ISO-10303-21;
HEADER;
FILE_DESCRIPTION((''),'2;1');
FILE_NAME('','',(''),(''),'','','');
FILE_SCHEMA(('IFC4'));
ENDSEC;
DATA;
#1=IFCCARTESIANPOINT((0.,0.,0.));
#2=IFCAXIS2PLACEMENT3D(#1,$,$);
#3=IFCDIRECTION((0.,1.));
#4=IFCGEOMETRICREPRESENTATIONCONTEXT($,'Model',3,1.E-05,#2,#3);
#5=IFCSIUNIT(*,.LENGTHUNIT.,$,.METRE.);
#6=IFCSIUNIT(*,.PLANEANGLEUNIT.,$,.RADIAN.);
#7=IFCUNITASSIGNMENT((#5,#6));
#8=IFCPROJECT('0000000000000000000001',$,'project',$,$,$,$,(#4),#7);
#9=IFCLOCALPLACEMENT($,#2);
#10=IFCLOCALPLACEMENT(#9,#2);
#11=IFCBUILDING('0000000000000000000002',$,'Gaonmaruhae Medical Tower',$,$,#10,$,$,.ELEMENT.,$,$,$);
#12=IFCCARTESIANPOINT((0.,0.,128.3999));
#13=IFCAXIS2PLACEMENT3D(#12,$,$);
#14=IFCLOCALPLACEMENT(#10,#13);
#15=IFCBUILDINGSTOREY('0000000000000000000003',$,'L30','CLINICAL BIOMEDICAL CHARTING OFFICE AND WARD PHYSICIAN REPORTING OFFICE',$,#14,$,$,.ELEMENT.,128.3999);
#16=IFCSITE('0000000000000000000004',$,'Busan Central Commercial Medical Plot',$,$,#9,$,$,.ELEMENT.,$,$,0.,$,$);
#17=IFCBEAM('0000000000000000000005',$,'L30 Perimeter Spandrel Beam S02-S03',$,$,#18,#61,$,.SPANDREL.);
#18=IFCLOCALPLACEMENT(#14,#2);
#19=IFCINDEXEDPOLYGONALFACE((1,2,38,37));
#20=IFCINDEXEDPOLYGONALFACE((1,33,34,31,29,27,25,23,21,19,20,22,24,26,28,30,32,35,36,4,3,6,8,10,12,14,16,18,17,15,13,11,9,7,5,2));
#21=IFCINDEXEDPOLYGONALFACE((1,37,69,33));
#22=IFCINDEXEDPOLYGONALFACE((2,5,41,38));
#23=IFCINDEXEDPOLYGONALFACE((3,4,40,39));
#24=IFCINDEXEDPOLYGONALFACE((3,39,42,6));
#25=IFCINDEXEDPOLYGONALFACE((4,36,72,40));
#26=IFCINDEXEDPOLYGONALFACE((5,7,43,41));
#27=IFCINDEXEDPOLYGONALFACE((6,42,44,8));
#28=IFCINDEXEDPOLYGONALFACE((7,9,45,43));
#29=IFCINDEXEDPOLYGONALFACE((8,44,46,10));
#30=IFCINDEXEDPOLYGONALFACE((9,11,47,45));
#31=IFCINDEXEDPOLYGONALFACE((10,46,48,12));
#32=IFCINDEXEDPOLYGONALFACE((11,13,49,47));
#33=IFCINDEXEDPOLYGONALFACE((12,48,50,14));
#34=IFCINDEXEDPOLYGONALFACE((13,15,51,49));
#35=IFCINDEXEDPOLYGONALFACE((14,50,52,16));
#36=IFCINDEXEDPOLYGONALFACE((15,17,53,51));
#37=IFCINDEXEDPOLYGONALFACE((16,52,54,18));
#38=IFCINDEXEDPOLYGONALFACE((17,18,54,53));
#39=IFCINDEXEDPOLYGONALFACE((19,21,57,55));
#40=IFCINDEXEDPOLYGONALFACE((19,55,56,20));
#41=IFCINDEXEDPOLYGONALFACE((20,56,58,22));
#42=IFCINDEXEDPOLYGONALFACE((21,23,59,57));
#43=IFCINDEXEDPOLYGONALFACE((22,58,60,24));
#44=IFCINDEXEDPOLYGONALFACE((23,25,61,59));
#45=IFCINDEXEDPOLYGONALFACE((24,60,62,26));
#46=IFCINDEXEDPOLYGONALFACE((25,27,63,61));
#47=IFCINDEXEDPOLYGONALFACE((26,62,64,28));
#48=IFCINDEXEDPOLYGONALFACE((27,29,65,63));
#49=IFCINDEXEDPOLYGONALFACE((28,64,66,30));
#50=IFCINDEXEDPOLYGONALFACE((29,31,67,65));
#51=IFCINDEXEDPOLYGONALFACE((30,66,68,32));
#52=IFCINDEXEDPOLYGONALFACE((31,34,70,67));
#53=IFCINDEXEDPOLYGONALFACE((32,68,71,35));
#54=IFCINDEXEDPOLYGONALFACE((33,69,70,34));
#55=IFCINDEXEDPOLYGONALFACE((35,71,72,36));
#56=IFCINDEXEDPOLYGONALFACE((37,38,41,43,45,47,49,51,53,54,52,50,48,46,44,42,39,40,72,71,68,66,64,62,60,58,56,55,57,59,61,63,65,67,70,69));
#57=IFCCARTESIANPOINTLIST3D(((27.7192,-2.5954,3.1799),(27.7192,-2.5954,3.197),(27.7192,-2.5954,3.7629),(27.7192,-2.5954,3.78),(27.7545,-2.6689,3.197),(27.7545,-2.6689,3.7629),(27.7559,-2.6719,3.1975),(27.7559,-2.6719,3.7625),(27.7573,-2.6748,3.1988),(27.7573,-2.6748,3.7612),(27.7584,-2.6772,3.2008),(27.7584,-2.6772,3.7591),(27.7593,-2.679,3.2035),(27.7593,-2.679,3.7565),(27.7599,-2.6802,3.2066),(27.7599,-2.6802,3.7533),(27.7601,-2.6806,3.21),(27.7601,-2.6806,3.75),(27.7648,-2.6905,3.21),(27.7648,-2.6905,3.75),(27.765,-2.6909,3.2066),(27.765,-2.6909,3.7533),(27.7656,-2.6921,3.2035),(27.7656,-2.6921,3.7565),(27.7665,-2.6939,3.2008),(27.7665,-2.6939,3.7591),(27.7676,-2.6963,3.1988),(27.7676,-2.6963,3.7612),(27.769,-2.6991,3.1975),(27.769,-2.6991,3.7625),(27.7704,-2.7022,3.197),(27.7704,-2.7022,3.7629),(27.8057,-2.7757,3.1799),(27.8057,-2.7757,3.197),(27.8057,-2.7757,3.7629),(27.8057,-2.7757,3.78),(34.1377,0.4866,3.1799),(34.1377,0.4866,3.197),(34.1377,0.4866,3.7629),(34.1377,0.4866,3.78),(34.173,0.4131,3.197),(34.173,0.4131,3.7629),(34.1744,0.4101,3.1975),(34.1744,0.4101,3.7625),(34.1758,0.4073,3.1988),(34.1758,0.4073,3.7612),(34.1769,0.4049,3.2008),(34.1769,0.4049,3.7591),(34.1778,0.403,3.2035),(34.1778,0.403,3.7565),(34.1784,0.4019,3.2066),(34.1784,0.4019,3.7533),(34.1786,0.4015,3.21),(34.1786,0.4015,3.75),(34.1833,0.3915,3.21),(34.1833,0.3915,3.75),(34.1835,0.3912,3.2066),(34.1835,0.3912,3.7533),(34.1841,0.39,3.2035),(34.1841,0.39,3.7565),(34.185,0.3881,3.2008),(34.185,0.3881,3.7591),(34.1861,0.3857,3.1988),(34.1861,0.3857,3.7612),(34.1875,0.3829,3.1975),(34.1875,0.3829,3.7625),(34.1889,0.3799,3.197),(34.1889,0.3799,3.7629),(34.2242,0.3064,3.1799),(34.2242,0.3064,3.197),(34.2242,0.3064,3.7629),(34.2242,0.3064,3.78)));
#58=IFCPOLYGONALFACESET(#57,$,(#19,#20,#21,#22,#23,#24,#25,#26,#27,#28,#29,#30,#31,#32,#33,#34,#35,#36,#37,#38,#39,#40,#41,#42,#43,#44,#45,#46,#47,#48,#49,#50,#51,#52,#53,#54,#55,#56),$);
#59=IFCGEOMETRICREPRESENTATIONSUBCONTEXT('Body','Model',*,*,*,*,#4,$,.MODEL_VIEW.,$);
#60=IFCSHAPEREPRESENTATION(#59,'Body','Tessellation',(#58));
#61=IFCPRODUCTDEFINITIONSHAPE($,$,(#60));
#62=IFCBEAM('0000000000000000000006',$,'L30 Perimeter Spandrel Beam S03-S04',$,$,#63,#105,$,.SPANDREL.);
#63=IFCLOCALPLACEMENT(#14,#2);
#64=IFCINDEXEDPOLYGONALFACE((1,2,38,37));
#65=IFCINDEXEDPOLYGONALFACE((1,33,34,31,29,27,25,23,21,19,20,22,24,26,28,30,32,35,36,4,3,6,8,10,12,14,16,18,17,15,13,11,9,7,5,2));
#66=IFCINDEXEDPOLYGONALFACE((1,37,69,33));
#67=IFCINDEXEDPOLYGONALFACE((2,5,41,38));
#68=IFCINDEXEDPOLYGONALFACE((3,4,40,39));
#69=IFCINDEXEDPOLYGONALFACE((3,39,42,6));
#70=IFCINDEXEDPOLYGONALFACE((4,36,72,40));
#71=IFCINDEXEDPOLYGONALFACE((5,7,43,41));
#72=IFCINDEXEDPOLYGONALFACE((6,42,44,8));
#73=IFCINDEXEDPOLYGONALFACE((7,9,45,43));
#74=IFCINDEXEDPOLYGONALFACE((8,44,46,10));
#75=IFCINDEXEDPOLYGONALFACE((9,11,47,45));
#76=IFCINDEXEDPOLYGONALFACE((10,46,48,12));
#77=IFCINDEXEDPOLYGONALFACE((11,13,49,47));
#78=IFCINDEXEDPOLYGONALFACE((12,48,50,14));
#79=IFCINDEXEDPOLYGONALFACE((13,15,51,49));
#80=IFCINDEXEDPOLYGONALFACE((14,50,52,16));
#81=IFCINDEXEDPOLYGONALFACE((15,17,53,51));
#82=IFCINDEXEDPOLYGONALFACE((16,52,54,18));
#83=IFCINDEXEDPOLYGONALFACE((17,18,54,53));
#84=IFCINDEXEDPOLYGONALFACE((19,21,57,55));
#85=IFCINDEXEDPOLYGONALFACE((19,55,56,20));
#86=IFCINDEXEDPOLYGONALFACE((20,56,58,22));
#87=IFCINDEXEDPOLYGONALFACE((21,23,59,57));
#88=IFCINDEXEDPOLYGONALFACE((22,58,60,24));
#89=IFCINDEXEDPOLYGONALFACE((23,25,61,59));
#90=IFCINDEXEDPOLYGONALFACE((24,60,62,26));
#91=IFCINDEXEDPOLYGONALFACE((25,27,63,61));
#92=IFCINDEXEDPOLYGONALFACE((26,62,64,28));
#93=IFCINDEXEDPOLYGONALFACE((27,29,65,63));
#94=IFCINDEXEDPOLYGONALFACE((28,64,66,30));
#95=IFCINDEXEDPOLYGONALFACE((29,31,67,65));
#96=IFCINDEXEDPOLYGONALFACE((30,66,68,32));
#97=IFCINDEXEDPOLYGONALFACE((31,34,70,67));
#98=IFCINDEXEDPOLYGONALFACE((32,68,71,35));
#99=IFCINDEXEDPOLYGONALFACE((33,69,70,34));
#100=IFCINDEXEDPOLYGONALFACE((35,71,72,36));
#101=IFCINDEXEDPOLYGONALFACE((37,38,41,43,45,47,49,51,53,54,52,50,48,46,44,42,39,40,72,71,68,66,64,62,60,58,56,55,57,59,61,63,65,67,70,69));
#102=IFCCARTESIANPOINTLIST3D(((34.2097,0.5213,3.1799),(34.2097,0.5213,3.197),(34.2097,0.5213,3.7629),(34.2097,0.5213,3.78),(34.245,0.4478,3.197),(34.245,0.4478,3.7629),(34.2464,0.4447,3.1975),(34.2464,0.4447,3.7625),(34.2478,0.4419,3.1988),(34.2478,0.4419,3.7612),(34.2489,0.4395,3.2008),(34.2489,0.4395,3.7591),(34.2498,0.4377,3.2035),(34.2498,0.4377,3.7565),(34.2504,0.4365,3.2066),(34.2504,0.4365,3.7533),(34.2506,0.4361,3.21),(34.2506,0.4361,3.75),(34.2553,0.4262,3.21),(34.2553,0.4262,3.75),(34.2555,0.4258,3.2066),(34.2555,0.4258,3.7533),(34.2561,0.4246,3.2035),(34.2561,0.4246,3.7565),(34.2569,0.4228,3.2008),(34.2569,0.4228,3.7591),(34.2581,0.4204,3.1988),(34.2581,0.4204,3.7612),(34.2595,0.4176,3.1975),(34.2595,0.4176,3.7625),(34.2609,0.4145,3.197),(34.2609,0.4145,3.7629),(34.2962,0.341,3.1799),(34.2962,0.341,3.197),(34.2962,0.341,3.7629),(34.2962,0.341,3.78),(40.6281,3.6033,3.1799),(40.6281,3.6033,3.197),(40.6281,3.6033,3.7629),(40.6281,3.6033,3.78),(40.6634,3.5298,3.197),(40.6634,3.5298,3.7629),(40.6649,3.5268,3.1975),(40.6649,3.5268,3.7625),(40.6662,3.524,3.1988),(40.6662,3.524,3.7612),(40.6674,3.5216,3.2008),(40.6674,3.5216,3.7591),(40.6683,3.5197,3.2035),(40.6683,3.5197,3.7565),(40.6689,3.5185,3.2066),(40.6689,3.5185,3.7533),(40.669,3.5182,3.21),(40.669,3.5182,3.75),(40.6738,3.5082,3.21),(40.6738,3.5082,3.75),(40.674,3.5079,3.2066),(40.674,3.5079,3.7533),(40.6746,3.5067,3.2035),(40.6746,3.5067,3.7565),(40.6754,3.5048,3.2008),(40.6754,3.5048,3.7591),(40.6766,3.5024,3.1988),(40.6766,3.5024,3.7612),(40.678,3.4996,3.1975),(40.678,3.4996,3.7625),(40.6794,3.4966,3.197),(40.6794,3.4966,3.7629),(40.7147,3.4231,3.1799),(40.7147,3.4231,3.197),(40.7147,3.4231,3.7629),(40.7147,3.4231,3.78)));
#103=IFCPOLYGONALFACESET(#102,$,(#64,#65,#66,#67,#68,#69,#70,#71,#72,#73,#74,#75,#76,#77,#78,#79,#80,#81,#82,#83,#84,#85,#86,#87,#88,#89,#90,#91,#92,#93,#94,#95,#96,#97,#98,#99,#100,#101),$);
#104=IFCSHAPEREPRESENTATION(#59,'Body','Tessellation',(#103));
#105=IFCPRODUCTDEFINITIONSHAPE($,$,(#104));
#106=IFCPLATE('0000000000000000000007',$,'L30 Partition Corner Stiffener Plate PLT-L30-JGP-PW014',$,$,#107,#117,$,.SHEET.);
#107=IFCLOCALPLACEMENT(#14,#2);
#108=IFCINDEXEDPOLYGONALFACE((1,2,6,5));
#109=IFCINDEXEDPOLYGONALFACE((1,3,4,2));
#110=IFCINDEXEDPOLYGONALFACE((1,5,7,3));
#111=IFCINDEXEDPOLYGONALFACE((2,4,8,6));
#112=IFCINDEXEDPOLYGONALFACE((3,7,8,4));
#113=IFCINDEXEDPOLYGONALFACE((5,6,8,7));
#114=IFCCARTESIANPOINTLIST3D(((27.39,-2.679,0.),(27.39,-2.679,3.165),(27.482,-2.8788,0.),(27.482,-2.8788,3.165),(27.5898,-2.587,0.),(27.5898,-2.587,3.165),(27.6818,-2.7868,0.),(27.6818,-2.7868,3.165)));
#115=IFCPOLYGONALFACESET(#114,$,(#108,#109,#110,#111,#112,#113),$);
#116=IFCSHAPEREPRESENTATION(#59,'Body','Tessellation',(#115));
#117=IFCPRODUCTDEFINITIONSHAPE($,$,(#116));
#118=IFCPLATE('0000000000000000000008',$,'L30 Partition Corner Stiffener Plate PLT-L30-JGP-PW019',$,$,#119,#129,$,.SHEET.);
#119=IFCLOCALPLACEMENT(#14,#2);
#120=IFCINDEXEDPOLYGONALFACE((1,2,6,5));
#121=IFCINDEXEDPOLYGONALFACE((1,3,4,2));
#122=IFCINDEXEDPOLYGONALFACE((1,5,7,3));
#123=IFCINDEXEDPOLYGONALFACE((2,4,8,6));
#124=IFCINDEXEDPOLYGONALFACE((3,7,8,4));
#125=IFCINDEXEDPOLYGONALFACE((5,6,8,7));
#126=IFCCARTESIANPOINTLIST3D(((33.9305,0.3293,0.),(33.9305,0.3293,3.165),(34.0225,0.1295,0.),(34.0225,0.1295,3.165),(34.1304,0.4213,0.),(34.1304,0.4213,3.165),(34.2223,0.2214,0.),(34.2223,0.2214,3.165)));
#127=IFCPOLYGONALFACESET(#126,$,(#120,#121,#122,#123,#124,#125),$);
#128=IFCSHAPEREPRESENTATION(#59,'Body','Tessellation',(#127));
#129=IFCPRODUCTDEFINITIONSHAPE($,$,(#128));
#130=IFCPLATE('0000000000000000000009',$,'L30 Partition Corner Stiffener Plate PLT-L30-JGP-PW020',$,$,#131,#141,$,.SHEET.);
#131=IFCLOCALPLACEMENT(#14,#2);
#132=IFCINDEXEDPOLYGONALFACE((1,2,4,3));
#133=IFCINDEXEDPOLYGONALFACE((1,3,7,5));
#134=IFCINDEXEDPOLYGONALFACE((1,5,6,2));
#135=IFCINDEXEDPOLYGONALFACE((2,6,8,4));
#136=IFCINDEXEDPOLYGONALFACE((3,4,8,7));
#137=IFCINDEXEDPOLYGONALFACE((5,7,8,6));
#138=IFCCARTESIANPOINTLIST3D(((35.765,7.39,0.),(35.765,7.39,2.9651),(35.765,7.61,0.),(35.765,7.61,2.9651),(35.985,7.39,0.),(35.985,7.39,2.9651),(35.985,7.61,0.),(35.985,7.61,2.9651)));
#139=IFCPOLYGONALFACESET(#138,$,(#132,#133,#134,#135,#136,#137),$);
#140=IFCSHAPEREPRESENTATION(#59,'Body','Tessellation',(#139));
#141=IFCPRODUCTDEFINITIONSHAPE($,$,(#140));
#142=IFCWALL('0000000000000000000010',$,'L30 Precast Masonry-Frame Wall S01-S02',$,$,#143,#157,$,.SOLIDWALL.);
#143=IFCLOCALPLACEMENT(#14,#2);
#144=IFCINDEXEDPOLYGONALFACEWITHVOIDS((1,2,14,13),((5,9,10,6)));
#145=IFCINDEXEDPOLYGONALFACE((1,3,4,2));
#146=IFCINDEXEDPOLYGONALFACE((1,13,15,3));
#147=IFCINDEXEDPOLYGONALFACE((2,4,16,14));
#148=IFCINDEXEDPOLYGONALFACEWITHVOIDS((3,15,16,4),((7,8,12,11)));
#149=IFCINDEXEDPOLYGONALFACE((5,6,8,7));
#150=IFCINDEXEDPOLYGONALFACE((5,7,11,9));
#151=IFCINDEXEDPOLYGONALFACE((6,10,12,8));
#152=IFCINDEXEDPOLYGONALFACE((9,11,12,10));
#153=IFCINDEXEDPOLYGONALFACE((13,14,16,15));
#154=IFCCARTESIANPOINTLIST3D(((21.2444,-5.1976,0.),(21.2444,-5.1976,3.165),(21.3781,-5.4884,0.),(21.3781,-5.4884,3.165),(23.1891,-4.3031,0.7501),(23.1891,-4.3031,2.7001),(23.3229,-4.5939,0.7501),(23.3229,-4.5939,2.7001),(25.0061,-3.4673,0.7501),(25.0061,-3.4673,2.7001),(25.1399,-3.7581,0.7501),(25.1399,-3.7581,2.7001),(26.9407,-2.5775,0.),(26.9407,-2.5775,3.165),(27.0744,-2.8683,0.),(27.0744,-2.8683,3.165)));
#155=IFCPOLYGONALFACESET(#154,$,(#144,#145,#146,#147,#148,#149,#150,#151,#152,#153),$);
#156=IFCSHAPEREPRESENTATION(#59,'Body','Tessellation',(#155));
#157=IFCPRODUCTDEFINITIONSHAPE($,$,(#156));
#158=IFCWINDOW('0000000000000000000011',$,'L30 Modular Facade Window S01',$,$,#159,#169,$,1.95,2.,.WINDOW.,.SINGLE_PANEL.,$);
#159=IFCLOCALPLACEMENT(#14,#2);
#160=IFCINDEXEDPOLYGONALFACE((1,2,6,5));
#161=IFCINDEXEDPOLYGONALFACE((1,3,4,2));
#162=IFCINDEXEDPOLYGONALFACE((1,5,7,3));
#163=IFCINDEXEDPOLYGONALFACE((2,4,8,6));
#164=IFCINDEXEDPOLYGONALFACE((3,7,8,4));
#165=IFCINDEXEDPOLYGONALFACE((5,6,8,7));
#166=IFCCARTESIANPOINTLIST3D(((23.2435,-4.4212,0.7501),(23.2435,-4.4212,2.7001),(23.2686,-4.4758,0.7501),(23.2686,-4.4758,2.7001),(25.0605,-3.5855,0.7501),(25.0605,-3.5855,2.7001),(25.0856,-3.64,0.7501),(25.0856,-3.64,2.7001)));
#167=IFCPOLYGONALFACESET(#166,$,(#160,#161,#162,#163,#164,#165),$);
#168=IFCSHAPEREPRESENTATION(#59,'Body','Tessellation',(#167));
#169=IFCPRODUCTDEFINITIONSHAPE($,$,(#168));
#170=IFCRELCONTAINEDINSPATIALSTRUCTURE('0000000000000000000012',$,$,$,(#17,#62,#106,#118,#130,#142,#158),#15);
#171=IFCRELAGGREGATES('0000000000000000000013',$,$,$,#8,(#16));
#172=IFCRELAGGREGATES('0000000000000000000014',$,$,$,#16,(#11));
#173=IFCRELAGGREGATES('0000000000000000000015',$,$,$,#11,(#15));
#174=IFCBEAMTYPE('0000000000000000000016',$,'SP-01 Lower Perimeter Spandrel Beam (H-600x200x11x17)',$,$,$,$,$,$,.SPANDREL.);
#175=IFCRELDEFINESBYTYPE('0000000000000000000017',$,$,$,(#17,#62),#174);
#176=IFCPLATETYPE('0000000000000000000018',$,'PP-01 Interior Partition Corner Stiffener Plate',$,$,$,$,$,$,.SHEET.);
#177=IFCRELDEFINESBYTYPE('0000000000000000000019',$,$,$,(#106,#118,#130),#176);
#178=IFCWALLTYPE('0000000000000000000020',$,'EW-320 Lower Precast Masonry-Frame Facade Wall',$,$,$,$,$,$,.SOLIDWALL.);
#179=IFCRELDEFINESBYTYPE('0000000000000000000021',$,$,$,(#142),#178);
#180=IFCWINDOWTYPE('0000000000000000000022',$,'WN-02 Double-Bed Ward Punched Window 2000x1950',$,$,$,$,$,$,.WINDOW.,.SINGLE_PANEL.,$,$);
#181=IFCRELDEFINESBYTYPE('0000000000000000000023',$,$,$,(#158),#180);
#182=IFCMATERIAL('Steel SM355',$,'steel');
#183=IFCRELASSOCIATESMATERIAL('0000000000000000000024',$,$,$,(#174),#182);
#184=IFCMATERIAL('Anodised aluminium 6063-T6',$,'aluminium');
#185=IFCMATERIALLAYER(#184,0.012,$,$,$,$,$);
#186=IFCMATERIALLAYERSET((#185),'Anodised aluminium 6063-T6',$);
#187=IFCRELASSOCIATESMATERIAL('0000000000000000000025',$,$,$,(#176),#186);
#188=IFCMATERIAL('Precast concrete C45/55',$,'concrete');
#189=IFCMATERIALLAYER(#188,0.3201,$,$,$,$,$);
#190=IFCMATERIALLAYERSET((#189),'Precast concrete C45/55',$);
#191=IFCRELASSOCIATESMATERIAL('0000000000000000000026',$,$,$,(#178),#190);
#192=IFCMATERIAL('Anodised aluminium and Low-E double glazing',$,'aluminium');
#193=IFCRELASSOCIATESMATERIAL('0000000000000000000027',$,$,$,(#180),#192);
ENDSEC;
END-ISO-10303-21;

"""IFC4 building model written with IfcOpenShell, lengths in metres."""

from ifc_helpers import new_model, si_unit, direction, frame, frame_2d, origin, origin_2d, place, context, subcontext, project, spatial, rectangle, i_section, extrude, material, layer, layer_set, material_profile, profile_set, type_object, element, fill, save


model = new_model("IFC4")

# Units and contexts
model_context = context("Model", 3, precision=1e-05, world=origin(), true_north=direction((0.0, 1.0)))
body_context = subcontext(model_context, "Body", "Model", "MODEL_VIEW")
ifc_project = project(units=[si_unit("LENGTHUNIT", "METRE"), si_unit("PLANEANGLEUNIT", "RADIAN")], contexts=[model_context])

# Site, building, storey
site_placement = place(None, origin())
site = spatial("IfcSite", under=ifc_project, at=site_placement, Name="Busan Central Commercial Medical Plot", CompositionType="ELEMENT", RefElevation=0.0)
building_placement = place(site_placement, origin())
building = spatial("IfcBuilding", under=site, at=building_placement, Name="Gaonmaruhae Medical Tower", CompositionType="ELEMENT")
storey_placement = place(building_placement, frame((0.0, 0.0, 128.3999)))
storey = spatial("IfcBuildingStorey", under=building, at=storey_placement, Name="L30", Description="CLINICAL BIOMEDICAL CHARTING OFFICE AND WARD PHYSICIAN REPORTING OFFICE", CompositionType="ELEMENT", Elevation=128.3999)

# Beams
ifc_material_1 = material(Name="Steel SM355", Category="steel")
ifc_material_profile_1 = material_profile(ifc_material_1, i_section(OverallWidth=0.2, OverallDepth=0.6001, WebThickness=0.011, FlangeThickness=0.0171, FilletRadius=0.0129, at=origin_2d()), Name="H-600x200x11x17")
ifc_profile_set_1 = profile_set([ifc_material_profile_1], Name="Steel SM355")
beam_type_1 = type_object("IfcBeamType", Name="SP-01 Lower Perimeter Spandrel Beam (H-600x200x11x17)", PredefinedType="SPANDREL", material=ifc_profile_set_1)
for number, where, z_axis, x_axis, name in (
    (1, (27.7625, -2.6855, 3.48), (0.901459, 0.432865, 0.0), (-0.432865, 0.901459, 0.0), "L30 Perimeter Spandrel Beam S02-S03"),
    (2, (34.2529, 0.4312, 3.48), (0.901459, 0.432865, 0.0), (-0.432865, 0.901459, 0.0), "L30 Perimeter Spandrel Beam S03-S04"),
):
    element("IfcBeam", number, at=place(storey_placement, frame(where, z_axis=z_axis, x_axis=x_axis)), inside=storey, type_object=beam_type_1, Name=name, PredefinedType="SPANDREL", context=body_context, shape_type="SweptSolid", body=[
        extrude(i_section(OverallWidth=0.2, OverallDepth=0.6001, WebThickness=0.011, FlangeThickness=0.0171, FilletRadius=0.0129, at=origin_2d()), origin(), (0.0, 0.0, 1.0), 7.1201),
    ])

# Plates
ifc_material_2 = material(Name="Anodised aluminium 6063-T6", Category="aluminium")
ifc_layer_1 = layer(ifc_material_2, 0.012)
ifc_layer_set_1 = layer_set([ifc_layer_1], Name="Anodised aluminium 6063-T6")
plate_type = type_object("IfcPlateType", Name="PP-01 Interior Partition Corner Stiffener Plate", PredefinedType="SHEET", material=ifc_layer_set_1)
for number, where, z_axis, x_axis, name in (
    (3, (27.5359, -2.7329, 0.0), (0.0, 0.0, 1.0), (-0.908267, -0.41839, 0.0), "L30 Partition Corner Stiffener Plate PLT-L30-JGP-PW014"),
    (4, (34.0764, 0.2754, 0.0), (0.0, 0.0, 1.0), (-0.908464, -0.417962, 0.0), "L30 Partition Corner Stiffener Plate PLT-L30-JGP-PW019"),
):
    element("IfcPlate", number, at=place(storey_placement, frame(where, z_axis=z_axis, x_axis=x_axis)), inside=storey, type_object=plate_type, Name=name, PredefinedType="SHEET", context=body_context, shape_type="SweptSolid", body=[
        extrude(rectangle(XDim=0.22, YDim=0.22, at=origin_2d()), origin(), (0.0, 0.0, 1.0), 3.165),
    ])
plate_placement = place(storey_placement, frame((35.875, 7.5, 0.0), z_axis=(0.0, 0.0, 1.0), x_axis=(1.0, 0.0, 0.0)))
element("IfcPlate", 5, at=plate_placement, inside=storey, type_object=plate_type, Name="L30 Partition Corner Stiffener Plate PLT-L30-JGP-PW020", PredefinedType="SHEET", context=body_context, shape_type="SweptSolid", body=[
    extrude(rectangle(XDim=0.22, YDim=0.22, at=origin_2d()), origin(), (0.0, 0.0, 1.0), 2.9651),
])

# Wall, opening, window
ifc_material_3 = material(Name="Precast concrete C45/55", Category="concrete")
ifc_layer_2 = layer(ifc_material_3, 0.3201)
ifc_layer_set_2 = layer_set([ifc_layer_2], Name="Precast concrete C45/55")
wall_type_1 = type_object("IfcWallType", Name="EW-320 Lower Precast Masonry-Frame Facade Wall", PredefinedType="SOLIDWALL", material=ifc_layer_set_2)
wall_1_placement = place(storey_placement, frame((27.0076, -2.7229, 0.0), z_axis=(0.0, 0.0, 1.0), x_axis=(-0.908501, -0.417882, 0.0)))
wall_1 = element("IfcWall", 6, at=wall_1_placement, inside=storey, type_object=wall_type_1, Name="L30 Precast Masonry-Frame Wall S01-S02", PredefinedType="SOLIDWALL", context=body_context, shape_type="SweptSolid", body=[
    extrude(rectangle(XDim=6.27, YDim=0.3201, at=frame_2d((3.135, 0.0))), origin(), (0.0, 0.0, 1.0), 3.165),
])
opening_1_placement = place(wall_1_placement, frame((2.1294, 0.0, 0.75)))
opening_1 = element("IfcOpeningElement", 7, at=opening_1_placement, cuts=wall_1, PredefinedType="OPENING", context=body_context, shape_type="SweptSolid", body=[
    extrude(rectangle(XDim=2.0, YDim=1.95, at=frame_2d((1.0, 0.9751))), frame((0.0, 0.1699, 0.0), z_axis=(0.0, -1.0, 0.0), x_axis=(1.0, 0.0, 0.0)), (0.0, 0.0, 1.0), 0.3401),
])
ifc_material_4 = material(Name="Anodised aluminium and Low-E double glazing", Category="aluminium")
window_type_1 = type_object("IfcWindowType", Name="WN-02 Double-Bed Ward Punched Window 2000x1950", PartitioningType="SINGLE_PANEL", PredefinedType="WINDOW", material=ifc_material_4)
window_1_placement = place(opening_1_placement, origin())
window_1 = element("IfcWindow", 8, at=window_1_placement, inside=storey, type_object=window_type_1, Name="L30 Modular Facade Window S01", OverallHeight=1.95, OverallWidth=2.0, PartitioningType="SINGLE_PANEL", PredefinedType="WINDOW", context=body_context, shape_type="SweptSolid", body=[
    extrude(rectangle(XDim=2.0, YDim=1.95, at=frame_2d((1.0, 0.9751))), frame((0.0, 0.03, 0.0), z_axis=(0.0, -1.0, 0.0), x_axis=(1.0, 0.0, 0.0)), (0.0, 0.0, 1.0), 0.0601),
])
fill(opening_1, window_1)

save(model, "model.ifc")
